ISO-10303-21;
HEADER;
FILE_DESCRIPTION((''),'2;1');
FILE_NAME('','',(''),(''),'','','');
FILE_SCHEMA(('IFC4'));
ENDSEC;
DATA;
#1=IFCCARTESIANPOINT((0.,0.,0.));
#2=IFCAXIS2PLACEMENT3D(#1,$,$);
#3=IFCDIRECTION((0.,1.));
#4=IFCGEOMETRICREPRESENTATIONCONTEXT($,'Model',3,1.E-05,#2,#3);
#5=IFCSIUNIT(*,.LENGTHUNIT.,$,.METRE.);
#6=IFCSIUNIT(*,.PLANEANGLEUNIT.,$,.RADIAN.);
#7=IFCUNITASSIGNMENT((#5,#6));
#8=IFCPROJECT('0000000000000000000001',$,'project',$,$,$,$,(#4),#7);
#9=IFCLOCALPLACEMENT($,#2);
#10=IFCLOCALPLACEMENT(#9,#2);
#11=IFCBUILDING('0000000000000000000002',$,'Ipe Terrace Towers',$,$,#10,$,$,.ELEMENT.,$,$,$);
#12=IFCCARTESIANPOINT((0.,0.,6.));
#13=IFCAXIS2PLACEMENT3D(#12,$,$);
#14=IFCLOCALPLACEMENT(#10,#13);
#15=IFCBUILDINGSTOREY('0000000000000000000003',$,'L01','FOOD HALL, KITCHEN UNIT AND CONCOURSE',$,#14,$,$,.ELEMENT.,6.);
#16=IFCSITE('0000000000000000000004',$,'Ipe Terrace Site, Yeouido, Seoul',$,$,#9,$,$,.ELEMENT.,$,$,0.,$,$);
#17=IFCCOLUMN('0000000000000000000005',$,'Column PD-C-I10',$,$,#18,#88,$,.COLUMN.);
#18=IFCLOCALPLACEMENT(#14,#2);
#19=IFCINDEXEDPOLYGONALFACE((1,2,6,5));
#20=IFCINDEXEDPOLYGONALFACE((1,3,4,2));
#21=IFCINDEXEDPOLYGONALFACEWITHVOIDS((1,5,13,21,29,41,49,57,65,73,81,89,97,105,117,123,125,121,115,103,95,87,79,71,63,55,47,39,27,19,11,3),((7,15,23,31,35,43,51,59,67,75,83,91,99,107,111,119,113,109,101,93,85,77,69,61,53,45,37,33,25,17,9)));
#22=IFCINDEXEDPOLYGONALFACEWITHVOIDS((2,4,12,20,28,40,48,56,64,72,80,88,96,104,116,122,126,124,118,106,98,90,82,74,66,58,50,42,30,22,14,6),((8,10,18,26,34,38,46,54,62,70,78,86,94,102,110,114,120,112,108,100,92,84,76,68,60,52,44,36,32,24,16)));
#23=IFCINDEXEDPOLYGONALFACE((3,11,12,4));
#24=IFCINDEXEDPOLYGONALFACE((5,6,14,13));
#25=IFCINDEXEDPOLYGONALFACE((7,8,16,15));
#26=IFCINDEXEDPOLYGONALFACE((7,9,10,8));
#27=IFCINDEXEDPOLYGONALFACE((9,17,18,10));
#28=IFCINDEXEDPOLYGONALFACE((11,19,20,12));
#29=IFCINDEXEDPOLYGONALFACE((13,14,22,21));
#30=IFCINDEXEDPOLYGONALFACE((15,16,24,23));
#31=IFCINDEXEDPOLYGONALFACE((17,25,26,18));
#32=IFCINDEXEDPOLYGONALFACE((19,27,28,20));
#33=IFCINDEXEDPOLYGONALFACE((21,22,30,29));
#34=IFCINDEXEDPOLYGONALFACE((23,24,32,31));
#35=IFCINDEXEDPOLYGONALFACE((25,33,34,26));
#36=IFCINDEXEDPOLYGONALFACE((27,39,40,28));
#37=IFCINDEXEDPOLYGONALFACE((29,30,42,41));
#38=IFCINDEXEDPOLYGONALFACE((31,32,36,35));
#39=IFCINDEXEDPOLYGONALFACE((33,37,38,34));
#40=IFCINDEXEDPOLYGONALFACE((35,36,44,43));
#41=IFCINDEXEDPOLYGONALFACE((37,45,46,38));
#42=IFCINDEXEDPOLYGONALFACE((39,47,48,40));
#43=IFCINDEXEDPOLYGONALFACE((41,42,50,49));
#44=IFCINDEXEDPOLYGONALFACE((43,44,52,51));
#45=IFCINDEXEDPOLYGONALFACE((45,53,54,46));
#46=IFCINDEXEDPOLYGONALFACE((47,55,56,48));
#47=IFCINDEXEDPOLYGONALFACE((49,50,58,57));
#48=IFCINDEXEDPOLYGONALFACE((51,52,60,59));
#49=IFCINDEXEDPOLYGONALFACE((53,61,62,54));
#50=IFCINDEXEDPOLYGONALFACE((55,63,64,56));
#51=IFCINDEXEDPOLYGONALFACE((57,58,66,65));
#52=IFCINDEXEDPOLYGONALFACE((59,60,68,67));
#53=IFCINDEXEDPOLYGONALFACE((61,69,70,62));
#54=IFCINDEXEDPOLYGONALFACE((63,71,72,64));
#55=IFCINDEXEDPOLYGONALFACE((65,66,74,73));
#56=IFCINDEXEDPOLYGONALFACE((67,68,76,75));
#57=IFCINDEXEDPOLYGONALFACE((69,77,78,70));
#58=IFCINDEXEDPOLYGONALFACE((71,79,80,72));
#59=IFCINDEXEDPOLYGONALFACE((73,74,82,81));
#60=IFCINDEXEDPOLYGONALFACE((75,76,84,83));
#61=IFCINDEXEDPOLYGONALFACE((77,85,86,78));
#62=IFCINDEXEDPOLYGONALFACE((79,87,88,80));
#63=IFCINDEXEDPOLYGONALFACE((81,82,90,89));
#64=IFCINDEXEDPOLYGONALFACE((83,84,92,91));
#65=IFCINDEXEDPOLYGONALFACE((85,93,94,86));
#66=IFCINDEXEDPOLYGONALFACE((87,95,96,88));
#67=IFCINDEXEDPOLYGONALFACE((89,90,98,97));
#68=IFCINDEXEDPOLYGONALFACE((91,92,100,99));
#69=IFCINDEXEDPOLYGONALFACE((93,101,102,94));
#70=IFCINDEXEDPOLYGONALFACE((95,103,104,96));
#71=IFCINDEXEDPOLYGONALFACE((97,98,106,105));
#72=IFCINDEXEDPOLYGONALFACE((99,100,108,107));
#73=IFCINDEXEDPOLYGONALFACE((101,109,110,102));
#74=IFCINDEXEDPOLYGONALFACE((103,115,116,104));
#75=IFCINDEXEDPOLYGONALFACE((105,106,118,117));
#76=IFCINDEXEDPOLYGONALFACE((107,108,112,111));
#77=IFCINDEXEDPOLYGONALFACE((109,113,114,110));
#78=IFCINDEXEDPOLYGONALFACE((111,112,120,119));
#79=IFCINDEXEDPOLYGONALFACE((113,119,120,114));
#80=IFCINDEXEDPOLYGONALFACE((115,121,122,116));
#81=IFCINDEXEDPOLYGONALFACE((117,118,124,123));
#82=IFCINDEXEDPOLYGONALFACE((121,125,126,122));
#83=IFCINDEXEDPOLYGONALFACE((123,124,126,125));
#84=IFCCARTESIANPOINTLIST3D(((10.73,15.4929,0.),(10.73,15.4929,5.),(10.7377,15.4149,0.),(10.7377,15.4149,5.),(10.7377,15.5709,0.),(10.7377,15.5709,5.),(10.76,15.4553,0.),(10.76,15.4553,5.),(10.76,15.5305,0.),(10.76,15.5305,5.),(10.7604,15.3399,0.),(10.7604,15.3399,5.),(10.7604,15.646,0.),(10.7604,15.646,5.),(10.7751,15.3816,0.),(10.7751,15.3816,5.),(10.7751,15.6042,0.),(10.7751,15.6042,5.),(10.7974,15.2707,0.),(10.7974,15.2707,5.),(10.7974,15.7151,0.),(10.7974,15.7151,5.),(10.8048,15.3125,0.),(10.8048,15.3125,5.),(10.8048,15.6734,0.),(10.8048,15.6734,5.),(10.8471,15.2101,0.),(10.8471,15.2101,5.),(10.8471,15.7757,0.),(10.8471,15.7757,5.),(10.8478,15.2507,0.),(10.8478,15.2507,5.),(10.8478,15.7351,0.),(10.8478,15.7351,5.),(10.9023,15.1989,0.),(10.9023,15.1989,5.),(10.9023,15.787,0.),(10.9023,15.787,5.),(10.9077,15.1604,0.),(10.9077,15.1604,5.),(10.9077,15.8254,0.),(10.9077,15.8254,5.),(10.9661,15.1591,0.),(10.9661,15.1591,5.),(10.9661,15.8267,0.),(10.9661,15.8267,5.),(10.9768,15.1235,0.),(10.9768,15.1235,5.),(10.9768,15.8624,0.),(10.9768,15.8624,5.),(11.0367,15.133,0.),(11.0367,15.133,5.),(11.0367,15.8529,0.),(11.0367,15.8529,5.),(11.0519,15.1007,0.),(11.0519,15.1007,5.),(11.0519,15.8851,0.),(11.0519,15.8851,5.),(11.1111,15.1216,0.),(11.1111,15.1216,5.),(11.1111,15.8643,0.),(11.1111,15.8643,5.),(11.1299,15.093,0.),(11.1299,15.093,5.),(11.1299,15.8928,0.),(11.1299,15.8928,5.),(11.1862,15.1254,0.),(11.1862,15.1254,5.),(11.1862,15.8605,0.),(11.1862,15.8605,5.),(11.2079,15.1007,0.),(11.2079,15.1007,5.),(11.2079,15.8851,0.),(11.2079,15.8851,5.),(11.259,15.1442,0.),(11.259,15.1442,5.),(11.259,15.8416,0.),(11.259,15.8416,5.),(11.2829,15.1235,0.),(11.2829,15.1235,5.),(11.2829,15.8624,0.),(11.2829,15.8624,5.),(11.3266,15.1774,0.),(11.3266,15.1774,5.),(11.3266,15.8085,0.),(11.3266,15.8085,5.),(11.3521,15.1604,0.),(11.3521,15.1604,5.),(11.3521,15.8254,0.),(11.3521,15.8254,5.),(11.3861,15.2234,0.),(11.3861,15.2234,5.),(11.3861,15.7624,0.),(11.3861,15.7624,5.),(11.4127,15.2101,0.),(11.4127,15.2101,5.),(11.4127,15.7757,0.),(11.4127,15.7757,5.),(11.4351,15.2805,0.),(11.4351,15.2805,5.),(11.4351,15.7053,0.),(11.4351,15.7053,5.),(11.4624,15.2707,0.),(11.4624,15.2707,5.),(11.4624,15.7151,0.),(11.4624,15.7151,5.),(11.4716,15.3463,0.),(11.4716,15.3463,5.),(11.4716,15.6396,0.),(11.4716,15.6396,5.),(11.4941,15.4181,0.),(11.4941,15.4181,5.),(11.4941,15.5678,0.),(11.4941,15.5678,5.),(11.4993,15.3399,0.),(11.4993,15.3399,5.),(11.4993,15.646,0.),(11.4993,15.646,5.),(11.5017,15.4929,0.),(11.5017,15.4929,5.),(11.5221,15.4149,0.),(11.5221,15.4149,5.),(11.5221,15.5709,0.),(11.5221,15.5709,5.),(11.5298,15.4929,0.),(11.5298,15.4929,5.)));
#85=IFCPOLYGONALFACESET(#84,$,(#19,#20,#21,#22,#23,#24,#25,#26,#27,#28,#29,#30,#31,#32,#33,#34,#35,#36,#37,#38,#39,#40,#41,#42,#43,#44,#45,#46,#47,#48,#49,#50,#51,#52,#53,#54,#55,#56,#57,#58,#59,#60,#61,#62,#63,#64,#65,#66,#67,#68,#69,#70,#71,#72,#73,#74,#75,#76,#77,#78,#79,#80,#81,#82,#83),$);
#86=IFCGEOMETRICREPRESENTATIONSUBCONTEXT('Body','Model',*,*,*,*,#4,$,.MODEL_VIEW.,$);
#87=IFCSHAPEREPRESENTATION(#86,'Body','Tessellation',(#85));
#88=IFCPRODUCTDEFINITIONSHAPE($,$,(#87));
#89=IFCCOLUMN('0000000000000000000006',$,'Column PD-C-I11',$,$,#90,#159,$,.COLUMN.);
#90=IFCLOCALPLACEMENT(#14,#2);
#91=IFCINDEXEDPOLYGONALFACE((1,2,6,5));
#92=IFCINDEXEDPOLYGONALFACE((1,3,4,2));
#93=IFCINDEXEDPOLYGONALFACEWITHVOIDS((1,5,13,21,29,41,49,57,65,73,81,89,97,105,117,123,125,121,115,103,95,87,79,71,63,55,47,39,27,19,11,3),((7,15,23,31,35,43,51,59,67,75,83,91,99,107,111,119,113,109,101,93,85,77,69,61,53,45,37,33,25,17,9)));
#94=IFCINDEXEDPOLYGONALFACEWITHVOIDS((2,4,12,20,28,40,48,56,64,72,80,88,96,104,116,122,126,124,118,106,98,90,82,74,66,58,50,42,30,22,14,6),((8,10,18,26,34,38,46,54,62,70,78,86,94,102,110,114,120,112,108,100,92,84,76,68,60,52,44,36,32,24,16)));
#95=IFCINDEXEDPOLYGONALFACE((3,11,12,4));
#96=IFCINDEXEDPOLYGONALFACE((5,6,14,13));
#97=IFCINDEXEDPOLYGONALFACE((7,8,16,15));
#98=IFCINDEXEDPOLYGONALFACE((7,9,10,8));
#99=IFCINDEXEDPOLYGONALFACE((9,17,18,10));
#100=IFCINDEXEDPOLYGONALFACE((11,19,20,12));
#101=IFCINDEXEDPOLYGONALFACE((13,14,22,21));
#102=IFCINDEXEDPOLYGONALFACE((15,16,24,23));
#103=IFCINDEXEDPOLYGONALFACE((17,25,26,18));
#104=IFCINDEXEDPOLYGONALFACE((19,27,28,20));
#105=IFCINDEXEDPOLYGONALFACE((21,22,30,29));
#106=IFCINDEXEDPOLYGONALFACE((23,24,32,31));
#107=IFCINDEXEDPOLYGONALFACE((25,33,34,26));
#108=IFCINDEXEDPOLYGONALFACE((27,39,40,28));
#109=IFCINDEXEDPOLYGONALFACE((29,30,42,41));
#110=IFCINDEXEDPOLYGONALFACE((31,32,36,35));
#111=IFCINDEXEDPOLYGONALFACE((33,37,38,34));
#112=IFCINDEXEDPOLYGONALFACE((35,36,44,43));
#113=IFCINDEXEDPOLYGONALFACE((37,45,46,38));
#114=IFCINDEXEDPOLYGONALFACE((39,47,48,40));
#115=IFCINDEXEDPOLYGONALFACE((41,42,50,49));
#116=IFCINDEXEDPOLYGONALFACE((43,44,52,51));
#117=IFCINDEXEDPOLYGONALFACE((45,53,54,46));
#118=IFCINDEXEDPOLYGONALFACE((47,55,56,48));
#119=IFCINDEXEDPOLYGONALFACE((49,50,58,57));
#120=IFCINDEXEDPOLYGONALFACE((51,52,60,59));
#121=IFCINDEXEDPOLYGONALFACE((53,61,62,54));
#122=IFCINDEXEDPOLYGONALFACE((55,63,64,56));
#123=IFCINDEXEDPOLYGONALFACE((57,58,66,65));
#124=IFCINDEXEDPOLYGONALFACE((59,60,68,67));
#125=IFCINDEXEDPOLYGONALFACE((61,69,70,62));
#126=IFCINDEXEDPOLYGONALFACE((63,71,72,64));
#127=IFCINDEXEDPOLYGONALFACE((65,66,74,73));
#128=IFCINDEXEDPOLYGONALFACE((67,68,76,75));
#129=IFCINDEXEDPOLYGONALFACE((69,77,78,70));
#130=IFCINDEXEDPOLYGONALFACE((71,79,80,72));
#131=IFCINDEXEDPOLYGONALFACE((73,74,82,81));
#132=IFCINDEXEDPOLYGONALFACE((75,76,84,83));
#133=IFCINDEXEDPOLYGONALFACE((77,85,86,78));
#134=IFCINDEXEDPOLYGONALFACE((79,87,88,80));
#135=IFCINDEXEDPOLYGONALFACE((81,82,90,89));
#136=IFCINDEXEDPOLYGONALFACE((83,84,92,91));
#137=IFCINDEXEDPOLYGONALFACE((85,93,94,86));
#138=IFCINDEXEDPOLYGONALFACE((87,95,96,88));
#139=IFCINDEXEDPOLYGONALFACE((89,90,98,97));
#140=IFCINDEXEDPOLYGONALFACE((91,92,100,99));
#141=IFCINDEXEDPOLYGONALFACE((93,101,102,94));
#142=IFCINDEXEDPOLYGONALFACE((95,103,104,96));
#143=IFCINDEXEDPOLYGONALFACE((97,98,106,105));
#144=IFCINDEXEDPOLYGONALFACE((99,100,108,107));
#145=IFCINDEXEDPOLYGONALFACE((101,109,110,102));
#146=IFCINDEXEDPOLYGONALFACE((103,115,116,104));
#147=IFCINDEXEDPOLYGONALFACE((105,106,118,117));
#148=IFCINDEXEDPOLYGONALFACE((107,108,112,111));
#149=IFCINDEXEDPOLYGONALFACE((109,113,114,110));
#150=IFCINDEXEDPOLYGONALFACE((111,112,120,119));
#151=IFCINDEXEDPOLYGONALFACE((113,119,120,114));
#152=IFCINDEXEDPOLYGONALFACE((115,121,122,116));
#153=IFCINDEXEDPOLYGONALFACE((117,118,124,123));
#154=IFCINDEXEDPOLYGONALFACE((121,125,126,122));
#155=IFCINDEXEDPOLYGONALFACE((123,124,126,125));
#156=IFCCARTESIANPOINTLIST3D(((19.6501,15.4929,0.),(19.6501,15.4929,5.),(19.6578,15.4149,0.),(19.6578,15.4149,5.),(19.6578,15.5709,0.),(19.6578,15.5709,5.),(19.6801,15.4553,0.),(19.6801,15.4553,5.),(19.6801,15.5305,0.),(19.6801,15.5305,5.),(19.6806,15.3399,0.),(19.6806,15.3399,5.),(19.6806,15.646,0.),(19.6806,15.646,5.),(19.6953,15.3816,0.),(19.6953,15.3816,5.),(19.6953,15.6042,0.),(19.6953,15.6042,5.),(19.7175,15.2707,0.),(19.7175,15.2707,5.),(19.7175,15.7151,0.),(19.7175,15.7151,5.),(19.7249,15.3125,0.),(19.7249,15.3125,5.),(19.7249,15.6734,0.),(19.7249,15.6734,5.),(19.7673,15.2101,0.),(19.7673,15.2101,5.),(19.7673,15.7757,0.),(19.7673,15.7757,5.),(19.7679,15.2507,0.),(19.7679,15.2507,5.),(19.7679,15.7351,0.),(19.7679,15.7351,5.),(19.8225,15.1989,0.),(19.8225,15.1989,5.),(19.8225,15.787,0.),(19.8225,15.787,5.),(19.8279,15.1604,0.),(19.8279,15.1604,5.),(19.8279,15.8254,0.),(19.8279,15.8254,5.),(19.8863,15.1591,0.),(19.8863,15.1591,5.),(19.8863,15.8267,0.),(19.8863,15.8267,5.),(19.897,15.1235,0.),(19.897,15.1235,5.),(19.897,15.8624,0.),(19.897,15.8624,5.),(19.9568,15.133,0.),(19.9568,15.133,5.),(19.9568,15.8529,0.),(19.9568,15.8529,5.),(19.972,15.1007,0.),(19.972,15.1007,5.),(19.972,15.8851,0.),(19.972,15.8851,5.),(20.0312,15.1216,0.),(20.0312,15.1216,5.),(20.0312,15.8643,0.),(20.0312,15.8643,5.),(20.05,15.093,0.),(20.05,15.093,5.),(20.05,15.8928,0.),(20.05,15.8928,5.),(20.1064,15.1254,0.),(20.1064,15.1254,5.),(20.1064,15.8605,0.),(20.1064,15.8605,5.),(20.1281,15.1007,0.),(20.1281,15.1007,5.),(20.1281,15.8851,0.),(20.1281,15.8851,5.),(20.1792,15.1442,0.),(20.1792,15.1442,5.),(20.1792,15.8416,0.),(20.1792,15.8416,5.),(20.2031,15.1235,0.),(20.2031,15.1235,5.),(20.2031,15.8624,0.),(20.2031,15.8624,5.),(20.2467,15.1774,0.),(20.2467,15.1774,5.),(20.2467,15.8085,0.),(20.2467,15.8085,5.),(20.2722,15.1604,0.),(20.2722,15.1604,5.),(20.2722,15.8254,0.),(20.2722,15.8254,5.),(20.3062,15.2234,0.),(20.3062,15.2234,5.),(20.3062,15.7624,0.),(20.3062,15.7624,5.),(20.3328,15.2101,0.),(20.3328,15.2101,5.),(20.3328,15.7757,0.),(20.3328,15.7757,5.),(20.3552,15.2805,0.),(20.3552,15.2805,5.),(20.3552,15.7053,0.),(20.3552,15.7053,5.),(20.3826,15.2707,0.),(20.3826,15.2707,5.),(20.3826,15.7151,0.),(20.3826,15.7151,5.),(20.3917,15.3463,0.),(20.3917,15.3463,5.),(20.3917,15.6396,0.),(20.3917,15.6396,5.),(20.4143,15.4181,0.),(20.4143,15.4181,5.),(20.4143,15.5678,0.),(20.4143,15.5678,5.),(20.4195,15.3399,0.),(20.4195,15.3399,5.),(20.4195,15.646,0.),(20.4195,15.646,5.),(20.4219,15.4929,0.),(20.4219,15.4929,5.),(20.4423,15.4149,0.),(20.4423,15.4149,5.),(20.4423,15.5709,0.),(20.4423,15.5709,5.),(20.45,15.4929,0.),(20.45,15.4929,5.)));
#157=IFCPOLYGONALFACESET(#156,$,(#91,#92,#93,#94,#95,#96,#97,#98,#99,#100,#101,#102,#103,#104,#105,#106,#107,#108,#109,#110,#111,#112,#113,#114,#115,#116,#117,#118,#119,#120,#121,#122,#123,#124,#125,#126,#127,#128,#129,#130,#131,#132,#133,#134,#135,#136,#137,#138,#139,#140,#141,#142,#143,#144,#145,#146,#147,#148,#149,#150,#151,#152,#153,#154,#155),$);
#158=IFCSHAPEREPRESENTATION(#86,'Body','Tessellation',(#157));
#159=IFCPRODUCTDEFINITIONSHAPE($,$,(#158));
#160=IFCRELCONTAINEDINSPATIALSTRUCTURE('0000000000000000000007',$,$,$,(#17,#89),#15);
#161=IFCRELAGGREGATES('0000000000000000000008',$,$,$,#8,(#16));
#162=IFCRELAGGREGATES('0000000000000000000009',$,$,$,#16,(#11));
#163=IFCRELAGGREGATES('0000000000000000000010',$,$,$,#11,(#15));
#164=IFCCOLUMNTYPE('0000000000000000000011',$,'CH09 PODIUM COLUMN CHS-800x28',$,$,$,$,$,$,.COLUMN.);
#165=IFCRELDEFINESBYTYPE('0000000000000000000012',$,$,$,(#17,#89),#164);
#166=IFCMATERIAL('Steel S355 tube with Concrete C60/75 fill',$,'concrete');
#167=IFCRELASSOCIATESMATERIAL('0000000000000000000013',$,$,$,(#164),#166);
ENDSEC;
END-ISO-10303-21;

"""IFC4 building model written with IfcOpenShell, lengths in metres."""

from ifc_helpers import new_model, si_unit, direction, frame, origin, origin_2d, place, context, subcontext, project, spatial, hollow_circle, extrude, material, material_profile, profile_set, type_object, element, save


model = new_model("IFC4")

# Units and contexts
model_context = context("Model", 3, precision=1e-05, world=origin(), true_north=direction((0.0, 1.0)))
body_context = subcontext(model_context, "Body", "Model", "MODEL_VIEW")
ifc_project = project(units=[si_unit("LENGTHUNIT", "METRE"), si_unit("PLANEANGLEUNIT", "RADIAN")], contexts=[model_context])

# Site, building, storey
site_placement = place(None, origin())
site = spatial("IfcSite", under=ifc_project, at=site_placement, Name="Ipe Terrace Site, Yeouido, Seoul", CompositionType="ELEMENT", RefElevation=0.0)
building_placement = place(site_placement, origin())
building = spatial("IfcBuilding", under=site, at=building_placement, Name="Ipe Terrace Towers", CompositionType="ELEMENT")
storey_placement = place(building_placement, frame((0.0, 0.0, 6.0)))
storey = spatial("IfcBuildingStorey", under=building, at=storey_placement, Name="L01", Description="FOOD HALL, KITCHEN UNIT AND CONCOURSE", CompositionType="ELEMENT", Elevation=6.0)

# Columns
ifc_material_1 = material(Name="Steel S355 tube with Concrete C60/75 fill", Category="concrete")
ifc_material_profile_1 = material_profile(ifc_material_1, hollow_circle(Radius=0.3999, WallThickness=0.0281, at=origin_2d()), Name="CHS-800x28")
ifc_profile_set_1 = profile_set([ifc_material_profile_1], Name="Steel S355 tube with Concrete C60/75 fill")
column_type = type_object("IfcColumnType", Name="CH09 PODIUM COLUMN CHS-800x28", PredefinedType="COLUMN", material=ifc_profile_set_1)
for number, where, z_axis, x_axis, name in (
    (1, (11.1299, 15.4929, 0.0), (0.0, 0.0, 1.0), (1.0, 0.0, 0.0), "Column PD-C-I10"),
    (2, (20.05, 15.4929, 0.0), (0.0, 0.0, 1.0), (1.0, 0.0, 0.0), "Column PD-C-I11"),
):
    element("IfcColumn", number, at=place(storey_placement, frame(where, z_axis=z_axis, x_axis=x_axis)), inside=storey, type_object=column_type, Name=name, PredefinedType="COLUMN", context=body_context, shape_type="SweptSolid", body=[
        extrude(hollow_circle(Radius=0.3999, WallThickness=0.0281, at=origin_2d()), origin(), (0.0, 0.0, 1.0), 5.0),
    ])

save(model, "model.ifc")
